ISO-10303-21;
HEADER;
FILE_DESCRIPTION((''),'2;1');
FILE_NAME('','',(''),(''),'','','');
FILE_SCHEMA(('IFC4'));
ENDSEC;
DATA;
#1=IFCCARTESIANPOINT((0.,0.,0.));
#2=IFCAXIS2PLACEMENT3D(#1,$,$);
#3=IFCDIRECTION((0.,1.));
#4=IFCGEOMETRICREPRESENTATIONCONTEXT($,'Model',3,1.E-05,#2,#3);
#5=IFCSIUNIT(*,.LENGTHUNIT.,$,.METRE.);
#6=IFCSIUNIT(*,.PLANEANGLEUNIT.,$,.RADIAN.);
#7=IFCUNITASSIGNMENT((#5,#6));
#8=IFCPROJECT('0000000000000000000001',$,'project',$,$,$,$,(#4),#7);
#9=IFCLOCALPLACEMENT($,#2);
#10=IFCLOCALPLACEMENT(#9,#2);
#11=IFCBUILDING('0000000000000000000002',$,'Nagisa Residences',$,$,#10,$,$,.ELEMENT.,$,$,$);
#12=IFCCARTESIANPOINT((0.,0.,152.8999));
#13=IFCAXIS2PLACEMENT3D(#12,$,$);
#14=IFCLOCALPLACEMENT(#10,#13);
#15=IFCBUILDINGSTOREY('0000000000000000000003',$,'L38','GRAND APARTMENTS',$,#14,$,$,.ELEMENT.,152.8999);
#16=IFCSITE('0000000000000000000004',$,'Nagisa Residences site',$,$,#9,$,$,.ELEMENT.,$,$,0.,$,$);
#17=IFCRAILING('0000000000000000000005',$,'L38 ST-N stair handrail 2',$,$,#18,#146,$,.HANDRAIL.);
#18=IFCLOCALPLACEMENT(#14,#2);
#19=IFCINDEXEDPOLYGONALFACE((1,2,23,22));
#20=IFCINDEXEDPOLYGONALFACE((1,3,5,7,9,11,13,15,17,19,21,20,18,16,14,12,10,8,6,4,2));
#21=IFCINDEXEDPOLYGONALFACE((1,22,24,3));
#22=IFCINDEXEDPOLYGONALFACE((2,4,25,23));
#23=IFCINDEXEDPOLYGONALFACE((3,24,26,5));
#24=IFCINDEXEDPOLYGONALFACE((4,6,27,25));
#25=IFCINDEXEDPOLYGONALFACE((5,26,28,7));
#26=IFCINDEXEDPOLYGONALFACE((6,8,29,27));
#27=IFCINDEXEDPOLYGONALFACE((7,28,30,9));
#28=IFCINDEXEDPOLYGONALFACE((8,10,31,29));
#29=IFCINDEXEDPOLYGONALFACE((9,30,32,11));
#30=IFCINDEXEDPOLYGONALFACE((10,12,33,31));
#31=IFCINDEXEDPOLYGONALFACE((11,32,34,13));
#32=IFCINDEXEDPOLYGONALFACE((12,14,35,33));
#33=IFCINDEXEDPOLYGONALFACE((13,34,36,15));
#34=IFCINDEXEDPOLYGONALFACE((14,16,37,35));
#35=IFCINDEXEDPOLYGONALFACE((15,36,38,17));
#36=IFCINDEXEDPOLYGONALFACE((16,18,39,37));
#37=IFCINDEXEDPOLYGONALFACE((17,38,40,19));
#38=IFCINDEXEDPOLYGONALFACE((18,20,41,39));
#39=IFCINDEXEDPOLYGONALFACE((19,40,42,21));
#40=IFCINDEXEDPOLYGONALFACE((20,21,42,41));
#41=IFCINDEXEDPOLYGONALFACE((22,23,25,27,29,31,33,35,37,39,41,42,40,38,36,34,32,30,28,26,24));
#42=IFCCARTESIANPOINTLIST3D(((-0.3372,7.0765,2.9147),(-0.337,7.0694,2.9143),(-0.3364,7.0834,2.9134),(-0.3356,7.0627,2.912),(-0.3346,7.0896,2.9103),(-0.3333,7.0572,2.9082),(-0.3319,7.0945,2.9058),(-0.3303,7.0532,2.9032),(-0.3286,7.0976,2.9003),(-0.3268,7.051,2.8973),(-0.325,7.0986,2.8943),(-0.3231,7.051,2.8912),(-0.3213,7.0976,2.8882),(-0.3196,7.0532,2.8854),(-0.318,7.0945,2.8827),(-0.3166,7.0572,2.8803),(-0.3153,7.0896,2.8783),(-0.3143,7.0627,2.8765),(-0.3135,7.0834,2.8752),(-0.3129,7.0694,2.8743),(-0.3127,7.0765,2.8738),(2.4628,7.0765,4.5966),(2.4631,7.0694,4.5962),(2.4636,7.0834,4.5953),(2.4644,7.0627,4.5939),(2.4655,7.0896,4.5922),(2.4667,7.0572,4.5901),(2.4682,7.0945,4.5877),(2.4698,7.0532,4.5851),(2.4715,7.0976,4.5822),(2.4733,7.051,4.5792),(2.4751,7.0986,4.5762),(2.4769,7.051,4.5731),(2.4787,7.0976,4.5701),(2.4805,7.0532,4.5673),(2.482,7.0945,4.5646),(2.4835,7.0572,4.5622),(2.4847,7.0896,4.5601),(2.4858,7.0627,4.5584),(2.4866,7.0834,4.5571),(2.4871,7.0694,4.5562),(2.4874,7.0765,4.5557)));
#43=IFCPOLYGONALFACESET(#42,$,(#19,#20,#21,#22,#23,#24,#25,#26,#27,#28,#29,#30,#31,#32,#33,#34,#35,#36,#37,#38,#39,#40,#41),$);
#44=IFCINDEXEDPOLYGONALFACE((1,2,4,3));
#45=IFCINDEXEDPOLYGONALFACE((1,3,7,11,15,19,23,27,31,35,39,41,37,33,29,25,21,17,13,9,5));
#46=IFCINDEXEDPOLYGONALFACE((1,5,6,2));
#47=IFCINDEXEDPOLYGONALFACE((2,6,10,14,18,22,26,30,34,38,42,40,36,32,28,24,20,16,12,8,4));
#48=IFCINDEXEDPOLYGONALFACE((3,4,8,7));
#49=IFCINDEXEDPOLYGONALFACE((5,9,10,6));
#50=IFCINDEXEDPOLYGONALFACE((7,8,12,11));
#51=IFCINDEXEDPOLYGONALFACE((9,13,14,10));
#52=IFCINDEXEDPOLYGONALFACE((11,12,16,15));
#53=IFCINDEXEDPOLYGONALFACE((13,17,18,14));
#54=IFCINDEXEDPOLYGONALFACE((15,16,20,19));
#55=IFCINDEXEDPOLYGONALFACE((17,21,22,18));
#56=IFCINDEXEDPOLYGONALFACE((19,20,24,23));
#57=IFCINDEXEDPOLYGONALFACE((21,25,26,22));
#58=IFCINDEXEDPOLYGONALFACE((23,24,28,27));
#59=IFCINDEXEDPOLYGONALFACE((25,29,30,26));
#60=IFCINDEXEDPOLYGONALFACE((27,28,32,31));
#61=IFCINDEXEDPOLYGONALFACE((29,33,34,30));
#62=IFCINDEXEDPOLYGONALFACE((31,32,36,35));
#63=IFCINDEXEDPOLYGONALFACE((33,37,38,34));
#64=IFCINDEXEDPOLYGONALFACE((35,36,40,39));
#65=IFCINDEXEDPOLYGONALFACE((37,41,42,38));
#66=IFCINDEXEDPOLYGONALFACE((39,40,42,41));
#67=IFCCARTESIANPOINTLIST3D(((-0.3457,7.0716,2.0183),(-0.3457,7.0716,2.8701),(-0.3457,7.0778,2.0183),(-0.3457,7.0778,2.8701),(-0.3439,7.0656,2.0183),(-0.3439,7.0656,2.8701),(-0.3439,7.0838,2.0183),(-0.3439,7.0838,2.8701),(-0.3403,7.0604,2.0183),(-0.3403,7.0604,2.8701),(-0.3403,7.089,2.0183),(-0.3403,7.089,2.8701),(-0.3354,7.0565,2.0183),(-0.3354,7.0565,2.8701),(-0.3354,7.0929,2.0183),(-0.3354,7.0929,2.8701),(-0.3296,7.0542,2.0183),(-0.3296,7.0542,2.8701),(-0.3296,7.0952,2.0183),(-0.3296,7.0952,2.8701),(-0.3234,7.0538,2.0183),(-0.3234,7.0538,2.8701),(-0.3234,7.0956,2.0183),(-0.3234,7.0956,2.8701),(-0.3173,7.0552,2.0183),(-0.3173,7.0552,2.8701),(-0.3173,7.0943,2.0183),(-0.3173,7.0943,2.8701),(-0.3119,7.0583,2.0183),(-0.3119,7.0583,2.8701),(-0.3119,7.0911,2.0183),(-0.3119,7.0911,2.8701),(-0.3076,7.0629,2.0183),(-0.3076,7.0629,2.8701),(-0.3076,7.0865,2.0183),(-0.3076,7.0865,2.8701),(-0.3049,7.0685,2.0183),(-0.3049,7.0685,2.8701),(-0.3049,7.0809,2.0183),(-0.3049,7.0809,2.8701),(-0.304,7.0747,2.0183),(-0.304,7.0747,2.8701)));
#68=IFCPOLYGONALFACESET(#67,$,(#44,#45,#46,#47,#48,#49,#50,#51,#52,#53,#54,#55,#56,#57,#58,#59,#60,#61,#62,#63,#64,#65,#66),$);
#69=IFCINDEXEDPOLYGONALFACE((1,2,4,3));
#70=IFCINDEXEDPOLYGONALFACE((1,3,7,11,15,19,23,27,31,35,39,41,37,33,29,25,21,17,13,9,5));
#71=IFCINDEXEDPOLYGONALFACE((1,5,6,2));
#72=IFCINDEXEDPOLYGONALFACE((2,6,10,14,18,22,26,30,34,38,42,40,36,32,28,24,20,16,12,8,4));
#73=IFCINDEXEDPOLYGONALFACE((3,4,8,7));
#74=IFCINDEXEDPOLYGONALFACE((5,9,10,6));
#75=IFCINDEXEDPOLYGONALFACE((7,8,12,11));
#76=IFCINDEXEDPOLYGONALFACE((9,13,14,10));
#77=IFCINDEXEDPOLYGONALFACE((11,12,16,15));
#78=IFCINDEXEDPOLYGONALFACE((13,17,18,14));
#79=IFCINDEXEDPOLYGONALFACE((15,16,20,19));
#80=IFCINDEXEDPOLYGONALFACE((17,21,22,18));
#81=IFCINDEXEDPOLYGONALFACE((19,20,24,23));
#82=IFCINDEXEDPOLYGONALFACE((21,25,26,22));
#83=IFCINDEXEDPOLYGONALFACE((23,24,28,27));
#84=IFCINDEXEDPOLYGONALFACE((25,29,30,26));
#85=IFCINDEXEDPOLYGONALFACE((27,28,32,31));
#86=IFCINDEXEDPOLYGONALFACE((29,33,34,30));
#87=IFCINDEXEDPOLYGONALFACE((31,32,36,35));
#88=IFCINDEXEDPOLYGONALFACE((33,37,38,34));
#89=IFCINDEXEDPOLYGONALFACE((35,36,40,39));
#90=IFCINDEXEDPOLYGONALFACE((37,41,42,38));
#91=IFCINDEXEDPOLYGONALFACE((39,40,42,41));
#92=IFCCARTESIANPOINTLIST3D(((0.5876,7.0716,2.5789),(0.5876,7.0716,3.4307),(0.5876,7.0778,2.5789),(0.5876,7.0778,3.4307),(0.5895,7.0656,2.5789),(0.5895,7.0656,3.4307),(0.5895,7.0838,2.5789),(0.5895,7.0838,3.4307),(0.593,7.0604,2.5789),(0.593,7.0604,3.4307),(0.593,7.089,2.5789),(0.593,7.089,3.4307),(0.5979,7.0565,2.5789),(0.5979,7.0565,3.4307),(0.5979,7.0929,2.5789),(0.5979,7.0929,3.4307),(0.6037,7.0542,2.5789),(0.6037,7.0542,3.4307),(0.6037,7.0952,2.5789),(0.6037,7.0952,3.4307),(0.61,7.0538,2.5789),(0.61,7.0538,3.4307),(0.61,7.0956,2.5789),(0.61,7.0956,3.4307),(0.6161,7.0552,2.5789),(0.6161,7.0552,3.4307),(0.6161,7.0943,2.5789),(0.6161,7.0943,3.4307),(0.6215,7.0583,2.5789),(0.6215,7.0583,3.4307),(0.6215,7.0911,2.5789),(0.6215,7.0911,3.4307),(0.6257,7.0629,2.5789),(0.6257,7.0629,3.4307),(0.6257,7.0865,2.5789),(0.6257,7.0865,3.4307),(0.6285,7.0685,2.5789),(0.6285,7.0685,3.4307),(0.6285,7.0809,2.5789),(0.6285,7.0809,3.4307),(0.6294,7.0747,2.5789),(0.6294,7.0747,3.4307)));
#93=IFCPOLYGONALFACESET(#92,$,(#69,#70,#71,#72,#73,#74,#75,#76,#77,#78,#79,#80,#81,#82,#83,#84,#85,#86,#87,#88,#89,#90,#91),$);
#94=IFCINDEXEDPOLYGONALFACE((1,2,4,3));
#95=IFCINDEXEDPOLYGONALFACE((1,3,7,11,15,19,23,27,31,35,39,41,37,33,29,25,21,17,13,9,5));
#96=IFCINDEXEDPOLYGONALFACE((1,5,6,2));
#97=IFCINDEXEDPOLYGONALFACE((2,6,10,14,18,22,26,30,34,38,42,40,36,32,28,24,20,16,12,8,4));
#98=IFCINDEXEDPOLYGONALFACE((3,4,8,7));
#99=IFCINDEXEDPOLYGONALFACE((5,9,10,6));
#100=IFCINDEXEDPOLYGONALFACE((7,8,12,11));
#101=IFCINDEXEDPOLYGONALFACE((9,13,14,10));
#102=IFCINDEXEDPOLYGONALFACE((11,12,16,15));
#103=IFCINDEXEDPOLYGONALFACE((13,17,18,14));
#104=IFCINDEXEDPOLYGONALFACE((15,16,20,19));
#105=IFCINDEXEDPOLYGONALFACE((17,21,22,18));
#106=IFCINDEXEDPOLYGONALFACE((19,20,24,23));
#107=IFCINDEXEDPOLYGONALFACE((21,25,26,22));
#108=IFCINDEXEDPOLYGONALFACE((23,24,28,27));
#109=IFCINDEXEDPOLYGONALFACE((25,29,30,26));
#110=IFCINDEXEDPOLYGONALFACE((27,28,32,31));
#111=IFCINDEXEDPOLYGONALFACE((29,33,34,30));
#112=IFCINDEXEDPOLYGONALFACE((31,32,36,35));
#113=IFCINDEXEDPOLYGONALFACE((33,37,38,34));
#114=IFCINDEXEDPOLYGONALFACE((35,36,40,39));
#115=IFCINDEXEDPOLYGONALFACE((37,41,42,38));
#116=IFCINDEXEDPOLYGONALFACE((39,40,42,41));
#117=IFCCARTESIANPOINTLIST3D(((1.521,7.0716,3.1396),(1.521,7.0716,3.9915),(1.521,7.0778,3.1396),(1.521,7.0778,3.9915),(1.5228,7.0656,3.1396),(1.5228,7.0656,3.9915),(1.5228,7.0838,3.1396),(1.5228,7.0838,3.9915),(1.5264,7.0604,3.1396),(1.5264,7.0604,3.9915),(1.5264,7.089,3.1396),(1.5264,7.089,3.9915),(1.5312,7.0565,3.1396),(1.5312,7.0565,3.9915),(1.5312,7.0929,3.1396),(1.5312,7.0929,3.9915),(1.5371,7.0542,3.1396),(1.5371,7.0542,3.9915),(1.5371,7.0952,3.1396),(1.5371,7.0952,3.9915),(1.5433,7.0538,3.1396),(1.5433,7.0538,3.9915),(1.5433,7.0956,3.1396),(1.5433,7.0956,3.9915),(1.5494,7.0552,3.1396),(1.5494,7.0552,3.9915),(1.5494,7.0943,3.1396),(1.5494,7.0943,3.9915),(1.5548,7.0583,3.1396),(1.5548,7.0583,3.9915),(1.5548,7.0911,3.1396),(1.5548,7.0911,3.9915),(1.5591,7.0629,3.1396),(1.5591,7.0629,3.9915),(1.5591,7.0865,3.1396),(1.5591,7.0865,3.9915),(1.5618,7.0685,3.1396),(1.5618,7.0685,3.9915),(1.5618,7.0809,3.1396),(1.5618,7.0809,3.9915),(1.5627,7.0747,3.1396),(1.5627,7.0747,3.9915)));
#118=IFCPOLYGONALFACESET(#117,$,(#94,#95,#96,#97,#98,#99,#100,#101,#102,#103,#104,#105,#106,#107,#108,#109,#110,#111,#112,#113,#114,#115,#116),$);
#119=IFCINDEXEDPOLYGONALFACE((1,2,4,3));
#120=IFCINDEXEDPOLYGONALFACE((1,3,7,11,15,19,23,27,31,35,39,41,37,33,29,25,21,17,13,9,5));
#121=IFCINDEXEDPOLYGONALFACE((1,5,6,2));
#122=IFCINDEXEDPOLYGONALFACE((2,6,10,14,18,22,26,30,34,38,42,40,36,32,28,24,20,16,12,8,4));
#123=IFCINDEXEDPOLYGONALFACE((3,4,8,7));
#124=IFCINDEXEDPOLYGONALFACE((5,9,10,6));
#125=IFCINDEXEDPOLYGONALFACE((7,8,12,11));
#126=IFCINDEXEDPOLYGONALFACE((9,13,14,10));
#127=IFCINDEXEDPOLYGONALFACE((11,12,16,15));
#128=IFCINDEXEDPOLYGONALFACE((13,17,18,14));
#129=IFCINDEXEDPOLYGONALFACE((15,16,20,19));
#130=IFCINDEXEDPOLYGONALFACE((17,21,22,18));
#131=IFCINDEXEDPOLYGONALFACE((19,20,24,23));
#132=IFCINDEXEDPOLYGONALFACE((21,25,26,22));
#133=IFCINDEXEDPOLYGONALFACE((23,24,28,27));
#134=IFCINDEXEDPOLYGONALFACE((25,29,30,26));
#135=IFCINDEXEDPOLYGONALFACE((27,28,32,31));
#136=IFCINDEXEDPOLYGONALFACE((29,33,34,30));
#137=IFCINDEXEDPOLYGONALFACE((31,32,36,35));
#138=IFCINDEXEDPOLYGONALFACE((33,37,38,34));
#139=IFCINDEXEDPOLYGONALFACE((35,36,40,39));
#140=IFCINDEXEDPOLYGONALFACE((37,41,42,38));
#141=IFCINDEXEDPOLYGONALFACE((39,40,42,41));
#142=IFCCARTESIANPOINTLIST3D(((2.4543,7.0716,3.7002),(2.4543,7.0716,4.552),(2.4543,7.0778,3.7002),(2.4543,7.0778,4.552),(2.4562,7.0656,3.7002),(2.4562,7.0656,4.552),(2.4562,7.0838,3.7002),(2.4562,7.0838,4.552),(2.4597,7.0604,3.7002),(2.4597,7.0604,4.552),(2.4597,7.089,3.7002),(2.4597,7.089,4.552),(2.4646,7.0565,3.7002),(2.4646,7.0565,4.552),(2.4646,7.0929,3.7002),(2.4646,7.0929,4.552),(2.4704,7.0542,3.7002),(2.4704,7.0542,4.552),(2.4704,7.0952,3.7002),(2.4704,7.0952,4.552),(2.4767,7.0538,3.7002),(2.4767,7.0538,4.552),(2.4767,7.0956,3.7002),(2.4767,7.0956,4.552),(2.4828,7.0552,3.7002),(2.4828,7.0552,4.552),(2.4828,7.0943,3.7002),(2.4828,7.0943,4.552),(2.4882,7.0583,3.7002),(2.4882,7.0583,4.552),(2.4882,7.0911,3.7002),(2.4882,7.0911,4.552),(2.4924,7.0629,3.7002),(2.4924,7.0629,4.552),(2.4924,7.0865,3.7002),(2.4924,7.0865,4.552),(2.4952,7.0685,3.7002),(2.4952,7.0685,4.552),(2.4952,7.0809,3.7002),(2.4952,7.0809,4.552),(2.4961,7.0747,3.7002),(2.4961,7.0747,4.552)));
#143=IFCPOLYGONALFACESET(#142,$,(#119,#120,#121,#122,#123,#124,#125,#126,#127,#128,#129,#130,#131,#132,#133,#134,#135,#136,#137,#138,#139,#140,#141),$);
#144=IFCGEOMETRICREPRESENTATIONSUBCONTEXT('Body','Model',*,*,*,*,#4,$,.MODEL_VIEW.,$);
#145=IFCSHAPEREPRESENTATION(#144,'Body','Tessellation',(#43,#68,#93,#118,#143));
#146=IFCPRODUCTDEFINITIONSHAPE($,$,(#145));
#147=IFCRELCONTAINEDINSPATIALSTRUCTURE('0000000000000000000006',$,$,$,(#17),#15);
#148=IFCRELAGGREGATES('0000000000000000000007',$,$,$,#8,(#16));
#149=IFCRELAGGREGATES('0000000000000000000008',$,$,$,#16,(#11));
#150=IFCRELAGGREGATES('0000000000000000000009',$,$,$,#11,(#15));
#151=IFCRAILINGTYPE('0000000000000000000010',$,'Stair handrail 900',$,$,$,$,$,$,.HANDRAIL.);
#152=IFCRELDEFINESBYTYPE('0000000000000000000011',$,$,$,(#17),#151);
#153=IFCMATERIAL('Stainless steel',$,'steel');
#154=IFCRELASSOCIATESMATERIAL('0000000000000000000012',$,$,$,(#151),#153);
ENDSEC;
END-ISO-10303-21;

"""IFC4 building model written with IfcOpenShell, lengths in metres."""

from ifc_helpers import new_model, si_unit, direction, frame, origin, origin_2d, place, context, subcontext, project, spatial, circle, extrude, material, type_object, element, save


model = new_model("IFC4")

# Units and contexts
model_context = context("Model", 3, precision=1e-05, world=origin(), true_north=direction((0.0, 1.0)))
body_context = subcontext(model_context, "Body", "Model", "MODEL_VIEW")
ifc_project = project(units=[si_unit("LENGTHUNIT", "METRE"), si_unit("PLANEANGLEUNIT", "RADIAN")], contexts=[model_context])

# Site, building, storey
site_placement = place(None, origin())
site = spatial("IfcSite", under=ifc_project, at=site_placement, Name="Nagisa Residences site", CompositionType="ELEMENT", RefElevation=0.0)
building_placement = place(site_placement, origin())
building = spatial("IfcBuilding", under=site, at=building_placement, Name="Nagisa Residences", CompositionType="ELEMENT")
storey_placement = place(building_placement, frame((0.0, 0.0, 152.8999)))
storey = spatial("IfcBuildingStorey", under=building, at=storey_placement, Name="L38", Description="GRAND APARTMENTS", CompositionType="ELEMENT", Elevation=152.8999)

# Railing
ifc_material_1 = material(Name="Stainless steel", Category="steel")
railing_type = type_object("IfcRailingType", Name="Stair handrail 900", PredefinedType="HANDRAIL", material=ifc_material_1)
railing_placement = place(storey_placement, frame((-0.325, 7.0747, 2.0183)))
element("IfcRailing", 1, at=railing_placement, inside=storey, type_object=railing_type, Name="L38 ST-N stair handrail 2", PredefinedType="HANDRAIL", context=body_context, shape_type="SweptSolid", body=[
    extrude(circle(Radius=0.0239, at=origin_2d()), frame((0.0, 0.0, 0.876), z_axis=(0.857242, 0.0, 0.514913), x_axis=(0.0, 1.0, 0.0)), (0.0, 0.0, 1.0), 3.2664),
    extrude(circle(Radius=0.021, at=origin_2d()), origin(), (0.0, 0.0, 1.0), 0.8518),
    extrude(circle(Radius=0.021, at=origin_2d()), frame((0.9333, 0.0, 0.5605)), (0.0, 0.0, 1.0), 0.8518),
    extrude(circle(Radius=0.021, at=origin_2d()), frame((1.8667, 0.0, 1.1213)), (0.0, 0.0, 1.0), 0.8518),
    extrude(circle(Radius=0.021, at=origin_2d()), frame((2.8, 0.0, 1.6819)), (0.0, 0.0, 1.0), 0.8518),
])

save(model, "model.ifc")
